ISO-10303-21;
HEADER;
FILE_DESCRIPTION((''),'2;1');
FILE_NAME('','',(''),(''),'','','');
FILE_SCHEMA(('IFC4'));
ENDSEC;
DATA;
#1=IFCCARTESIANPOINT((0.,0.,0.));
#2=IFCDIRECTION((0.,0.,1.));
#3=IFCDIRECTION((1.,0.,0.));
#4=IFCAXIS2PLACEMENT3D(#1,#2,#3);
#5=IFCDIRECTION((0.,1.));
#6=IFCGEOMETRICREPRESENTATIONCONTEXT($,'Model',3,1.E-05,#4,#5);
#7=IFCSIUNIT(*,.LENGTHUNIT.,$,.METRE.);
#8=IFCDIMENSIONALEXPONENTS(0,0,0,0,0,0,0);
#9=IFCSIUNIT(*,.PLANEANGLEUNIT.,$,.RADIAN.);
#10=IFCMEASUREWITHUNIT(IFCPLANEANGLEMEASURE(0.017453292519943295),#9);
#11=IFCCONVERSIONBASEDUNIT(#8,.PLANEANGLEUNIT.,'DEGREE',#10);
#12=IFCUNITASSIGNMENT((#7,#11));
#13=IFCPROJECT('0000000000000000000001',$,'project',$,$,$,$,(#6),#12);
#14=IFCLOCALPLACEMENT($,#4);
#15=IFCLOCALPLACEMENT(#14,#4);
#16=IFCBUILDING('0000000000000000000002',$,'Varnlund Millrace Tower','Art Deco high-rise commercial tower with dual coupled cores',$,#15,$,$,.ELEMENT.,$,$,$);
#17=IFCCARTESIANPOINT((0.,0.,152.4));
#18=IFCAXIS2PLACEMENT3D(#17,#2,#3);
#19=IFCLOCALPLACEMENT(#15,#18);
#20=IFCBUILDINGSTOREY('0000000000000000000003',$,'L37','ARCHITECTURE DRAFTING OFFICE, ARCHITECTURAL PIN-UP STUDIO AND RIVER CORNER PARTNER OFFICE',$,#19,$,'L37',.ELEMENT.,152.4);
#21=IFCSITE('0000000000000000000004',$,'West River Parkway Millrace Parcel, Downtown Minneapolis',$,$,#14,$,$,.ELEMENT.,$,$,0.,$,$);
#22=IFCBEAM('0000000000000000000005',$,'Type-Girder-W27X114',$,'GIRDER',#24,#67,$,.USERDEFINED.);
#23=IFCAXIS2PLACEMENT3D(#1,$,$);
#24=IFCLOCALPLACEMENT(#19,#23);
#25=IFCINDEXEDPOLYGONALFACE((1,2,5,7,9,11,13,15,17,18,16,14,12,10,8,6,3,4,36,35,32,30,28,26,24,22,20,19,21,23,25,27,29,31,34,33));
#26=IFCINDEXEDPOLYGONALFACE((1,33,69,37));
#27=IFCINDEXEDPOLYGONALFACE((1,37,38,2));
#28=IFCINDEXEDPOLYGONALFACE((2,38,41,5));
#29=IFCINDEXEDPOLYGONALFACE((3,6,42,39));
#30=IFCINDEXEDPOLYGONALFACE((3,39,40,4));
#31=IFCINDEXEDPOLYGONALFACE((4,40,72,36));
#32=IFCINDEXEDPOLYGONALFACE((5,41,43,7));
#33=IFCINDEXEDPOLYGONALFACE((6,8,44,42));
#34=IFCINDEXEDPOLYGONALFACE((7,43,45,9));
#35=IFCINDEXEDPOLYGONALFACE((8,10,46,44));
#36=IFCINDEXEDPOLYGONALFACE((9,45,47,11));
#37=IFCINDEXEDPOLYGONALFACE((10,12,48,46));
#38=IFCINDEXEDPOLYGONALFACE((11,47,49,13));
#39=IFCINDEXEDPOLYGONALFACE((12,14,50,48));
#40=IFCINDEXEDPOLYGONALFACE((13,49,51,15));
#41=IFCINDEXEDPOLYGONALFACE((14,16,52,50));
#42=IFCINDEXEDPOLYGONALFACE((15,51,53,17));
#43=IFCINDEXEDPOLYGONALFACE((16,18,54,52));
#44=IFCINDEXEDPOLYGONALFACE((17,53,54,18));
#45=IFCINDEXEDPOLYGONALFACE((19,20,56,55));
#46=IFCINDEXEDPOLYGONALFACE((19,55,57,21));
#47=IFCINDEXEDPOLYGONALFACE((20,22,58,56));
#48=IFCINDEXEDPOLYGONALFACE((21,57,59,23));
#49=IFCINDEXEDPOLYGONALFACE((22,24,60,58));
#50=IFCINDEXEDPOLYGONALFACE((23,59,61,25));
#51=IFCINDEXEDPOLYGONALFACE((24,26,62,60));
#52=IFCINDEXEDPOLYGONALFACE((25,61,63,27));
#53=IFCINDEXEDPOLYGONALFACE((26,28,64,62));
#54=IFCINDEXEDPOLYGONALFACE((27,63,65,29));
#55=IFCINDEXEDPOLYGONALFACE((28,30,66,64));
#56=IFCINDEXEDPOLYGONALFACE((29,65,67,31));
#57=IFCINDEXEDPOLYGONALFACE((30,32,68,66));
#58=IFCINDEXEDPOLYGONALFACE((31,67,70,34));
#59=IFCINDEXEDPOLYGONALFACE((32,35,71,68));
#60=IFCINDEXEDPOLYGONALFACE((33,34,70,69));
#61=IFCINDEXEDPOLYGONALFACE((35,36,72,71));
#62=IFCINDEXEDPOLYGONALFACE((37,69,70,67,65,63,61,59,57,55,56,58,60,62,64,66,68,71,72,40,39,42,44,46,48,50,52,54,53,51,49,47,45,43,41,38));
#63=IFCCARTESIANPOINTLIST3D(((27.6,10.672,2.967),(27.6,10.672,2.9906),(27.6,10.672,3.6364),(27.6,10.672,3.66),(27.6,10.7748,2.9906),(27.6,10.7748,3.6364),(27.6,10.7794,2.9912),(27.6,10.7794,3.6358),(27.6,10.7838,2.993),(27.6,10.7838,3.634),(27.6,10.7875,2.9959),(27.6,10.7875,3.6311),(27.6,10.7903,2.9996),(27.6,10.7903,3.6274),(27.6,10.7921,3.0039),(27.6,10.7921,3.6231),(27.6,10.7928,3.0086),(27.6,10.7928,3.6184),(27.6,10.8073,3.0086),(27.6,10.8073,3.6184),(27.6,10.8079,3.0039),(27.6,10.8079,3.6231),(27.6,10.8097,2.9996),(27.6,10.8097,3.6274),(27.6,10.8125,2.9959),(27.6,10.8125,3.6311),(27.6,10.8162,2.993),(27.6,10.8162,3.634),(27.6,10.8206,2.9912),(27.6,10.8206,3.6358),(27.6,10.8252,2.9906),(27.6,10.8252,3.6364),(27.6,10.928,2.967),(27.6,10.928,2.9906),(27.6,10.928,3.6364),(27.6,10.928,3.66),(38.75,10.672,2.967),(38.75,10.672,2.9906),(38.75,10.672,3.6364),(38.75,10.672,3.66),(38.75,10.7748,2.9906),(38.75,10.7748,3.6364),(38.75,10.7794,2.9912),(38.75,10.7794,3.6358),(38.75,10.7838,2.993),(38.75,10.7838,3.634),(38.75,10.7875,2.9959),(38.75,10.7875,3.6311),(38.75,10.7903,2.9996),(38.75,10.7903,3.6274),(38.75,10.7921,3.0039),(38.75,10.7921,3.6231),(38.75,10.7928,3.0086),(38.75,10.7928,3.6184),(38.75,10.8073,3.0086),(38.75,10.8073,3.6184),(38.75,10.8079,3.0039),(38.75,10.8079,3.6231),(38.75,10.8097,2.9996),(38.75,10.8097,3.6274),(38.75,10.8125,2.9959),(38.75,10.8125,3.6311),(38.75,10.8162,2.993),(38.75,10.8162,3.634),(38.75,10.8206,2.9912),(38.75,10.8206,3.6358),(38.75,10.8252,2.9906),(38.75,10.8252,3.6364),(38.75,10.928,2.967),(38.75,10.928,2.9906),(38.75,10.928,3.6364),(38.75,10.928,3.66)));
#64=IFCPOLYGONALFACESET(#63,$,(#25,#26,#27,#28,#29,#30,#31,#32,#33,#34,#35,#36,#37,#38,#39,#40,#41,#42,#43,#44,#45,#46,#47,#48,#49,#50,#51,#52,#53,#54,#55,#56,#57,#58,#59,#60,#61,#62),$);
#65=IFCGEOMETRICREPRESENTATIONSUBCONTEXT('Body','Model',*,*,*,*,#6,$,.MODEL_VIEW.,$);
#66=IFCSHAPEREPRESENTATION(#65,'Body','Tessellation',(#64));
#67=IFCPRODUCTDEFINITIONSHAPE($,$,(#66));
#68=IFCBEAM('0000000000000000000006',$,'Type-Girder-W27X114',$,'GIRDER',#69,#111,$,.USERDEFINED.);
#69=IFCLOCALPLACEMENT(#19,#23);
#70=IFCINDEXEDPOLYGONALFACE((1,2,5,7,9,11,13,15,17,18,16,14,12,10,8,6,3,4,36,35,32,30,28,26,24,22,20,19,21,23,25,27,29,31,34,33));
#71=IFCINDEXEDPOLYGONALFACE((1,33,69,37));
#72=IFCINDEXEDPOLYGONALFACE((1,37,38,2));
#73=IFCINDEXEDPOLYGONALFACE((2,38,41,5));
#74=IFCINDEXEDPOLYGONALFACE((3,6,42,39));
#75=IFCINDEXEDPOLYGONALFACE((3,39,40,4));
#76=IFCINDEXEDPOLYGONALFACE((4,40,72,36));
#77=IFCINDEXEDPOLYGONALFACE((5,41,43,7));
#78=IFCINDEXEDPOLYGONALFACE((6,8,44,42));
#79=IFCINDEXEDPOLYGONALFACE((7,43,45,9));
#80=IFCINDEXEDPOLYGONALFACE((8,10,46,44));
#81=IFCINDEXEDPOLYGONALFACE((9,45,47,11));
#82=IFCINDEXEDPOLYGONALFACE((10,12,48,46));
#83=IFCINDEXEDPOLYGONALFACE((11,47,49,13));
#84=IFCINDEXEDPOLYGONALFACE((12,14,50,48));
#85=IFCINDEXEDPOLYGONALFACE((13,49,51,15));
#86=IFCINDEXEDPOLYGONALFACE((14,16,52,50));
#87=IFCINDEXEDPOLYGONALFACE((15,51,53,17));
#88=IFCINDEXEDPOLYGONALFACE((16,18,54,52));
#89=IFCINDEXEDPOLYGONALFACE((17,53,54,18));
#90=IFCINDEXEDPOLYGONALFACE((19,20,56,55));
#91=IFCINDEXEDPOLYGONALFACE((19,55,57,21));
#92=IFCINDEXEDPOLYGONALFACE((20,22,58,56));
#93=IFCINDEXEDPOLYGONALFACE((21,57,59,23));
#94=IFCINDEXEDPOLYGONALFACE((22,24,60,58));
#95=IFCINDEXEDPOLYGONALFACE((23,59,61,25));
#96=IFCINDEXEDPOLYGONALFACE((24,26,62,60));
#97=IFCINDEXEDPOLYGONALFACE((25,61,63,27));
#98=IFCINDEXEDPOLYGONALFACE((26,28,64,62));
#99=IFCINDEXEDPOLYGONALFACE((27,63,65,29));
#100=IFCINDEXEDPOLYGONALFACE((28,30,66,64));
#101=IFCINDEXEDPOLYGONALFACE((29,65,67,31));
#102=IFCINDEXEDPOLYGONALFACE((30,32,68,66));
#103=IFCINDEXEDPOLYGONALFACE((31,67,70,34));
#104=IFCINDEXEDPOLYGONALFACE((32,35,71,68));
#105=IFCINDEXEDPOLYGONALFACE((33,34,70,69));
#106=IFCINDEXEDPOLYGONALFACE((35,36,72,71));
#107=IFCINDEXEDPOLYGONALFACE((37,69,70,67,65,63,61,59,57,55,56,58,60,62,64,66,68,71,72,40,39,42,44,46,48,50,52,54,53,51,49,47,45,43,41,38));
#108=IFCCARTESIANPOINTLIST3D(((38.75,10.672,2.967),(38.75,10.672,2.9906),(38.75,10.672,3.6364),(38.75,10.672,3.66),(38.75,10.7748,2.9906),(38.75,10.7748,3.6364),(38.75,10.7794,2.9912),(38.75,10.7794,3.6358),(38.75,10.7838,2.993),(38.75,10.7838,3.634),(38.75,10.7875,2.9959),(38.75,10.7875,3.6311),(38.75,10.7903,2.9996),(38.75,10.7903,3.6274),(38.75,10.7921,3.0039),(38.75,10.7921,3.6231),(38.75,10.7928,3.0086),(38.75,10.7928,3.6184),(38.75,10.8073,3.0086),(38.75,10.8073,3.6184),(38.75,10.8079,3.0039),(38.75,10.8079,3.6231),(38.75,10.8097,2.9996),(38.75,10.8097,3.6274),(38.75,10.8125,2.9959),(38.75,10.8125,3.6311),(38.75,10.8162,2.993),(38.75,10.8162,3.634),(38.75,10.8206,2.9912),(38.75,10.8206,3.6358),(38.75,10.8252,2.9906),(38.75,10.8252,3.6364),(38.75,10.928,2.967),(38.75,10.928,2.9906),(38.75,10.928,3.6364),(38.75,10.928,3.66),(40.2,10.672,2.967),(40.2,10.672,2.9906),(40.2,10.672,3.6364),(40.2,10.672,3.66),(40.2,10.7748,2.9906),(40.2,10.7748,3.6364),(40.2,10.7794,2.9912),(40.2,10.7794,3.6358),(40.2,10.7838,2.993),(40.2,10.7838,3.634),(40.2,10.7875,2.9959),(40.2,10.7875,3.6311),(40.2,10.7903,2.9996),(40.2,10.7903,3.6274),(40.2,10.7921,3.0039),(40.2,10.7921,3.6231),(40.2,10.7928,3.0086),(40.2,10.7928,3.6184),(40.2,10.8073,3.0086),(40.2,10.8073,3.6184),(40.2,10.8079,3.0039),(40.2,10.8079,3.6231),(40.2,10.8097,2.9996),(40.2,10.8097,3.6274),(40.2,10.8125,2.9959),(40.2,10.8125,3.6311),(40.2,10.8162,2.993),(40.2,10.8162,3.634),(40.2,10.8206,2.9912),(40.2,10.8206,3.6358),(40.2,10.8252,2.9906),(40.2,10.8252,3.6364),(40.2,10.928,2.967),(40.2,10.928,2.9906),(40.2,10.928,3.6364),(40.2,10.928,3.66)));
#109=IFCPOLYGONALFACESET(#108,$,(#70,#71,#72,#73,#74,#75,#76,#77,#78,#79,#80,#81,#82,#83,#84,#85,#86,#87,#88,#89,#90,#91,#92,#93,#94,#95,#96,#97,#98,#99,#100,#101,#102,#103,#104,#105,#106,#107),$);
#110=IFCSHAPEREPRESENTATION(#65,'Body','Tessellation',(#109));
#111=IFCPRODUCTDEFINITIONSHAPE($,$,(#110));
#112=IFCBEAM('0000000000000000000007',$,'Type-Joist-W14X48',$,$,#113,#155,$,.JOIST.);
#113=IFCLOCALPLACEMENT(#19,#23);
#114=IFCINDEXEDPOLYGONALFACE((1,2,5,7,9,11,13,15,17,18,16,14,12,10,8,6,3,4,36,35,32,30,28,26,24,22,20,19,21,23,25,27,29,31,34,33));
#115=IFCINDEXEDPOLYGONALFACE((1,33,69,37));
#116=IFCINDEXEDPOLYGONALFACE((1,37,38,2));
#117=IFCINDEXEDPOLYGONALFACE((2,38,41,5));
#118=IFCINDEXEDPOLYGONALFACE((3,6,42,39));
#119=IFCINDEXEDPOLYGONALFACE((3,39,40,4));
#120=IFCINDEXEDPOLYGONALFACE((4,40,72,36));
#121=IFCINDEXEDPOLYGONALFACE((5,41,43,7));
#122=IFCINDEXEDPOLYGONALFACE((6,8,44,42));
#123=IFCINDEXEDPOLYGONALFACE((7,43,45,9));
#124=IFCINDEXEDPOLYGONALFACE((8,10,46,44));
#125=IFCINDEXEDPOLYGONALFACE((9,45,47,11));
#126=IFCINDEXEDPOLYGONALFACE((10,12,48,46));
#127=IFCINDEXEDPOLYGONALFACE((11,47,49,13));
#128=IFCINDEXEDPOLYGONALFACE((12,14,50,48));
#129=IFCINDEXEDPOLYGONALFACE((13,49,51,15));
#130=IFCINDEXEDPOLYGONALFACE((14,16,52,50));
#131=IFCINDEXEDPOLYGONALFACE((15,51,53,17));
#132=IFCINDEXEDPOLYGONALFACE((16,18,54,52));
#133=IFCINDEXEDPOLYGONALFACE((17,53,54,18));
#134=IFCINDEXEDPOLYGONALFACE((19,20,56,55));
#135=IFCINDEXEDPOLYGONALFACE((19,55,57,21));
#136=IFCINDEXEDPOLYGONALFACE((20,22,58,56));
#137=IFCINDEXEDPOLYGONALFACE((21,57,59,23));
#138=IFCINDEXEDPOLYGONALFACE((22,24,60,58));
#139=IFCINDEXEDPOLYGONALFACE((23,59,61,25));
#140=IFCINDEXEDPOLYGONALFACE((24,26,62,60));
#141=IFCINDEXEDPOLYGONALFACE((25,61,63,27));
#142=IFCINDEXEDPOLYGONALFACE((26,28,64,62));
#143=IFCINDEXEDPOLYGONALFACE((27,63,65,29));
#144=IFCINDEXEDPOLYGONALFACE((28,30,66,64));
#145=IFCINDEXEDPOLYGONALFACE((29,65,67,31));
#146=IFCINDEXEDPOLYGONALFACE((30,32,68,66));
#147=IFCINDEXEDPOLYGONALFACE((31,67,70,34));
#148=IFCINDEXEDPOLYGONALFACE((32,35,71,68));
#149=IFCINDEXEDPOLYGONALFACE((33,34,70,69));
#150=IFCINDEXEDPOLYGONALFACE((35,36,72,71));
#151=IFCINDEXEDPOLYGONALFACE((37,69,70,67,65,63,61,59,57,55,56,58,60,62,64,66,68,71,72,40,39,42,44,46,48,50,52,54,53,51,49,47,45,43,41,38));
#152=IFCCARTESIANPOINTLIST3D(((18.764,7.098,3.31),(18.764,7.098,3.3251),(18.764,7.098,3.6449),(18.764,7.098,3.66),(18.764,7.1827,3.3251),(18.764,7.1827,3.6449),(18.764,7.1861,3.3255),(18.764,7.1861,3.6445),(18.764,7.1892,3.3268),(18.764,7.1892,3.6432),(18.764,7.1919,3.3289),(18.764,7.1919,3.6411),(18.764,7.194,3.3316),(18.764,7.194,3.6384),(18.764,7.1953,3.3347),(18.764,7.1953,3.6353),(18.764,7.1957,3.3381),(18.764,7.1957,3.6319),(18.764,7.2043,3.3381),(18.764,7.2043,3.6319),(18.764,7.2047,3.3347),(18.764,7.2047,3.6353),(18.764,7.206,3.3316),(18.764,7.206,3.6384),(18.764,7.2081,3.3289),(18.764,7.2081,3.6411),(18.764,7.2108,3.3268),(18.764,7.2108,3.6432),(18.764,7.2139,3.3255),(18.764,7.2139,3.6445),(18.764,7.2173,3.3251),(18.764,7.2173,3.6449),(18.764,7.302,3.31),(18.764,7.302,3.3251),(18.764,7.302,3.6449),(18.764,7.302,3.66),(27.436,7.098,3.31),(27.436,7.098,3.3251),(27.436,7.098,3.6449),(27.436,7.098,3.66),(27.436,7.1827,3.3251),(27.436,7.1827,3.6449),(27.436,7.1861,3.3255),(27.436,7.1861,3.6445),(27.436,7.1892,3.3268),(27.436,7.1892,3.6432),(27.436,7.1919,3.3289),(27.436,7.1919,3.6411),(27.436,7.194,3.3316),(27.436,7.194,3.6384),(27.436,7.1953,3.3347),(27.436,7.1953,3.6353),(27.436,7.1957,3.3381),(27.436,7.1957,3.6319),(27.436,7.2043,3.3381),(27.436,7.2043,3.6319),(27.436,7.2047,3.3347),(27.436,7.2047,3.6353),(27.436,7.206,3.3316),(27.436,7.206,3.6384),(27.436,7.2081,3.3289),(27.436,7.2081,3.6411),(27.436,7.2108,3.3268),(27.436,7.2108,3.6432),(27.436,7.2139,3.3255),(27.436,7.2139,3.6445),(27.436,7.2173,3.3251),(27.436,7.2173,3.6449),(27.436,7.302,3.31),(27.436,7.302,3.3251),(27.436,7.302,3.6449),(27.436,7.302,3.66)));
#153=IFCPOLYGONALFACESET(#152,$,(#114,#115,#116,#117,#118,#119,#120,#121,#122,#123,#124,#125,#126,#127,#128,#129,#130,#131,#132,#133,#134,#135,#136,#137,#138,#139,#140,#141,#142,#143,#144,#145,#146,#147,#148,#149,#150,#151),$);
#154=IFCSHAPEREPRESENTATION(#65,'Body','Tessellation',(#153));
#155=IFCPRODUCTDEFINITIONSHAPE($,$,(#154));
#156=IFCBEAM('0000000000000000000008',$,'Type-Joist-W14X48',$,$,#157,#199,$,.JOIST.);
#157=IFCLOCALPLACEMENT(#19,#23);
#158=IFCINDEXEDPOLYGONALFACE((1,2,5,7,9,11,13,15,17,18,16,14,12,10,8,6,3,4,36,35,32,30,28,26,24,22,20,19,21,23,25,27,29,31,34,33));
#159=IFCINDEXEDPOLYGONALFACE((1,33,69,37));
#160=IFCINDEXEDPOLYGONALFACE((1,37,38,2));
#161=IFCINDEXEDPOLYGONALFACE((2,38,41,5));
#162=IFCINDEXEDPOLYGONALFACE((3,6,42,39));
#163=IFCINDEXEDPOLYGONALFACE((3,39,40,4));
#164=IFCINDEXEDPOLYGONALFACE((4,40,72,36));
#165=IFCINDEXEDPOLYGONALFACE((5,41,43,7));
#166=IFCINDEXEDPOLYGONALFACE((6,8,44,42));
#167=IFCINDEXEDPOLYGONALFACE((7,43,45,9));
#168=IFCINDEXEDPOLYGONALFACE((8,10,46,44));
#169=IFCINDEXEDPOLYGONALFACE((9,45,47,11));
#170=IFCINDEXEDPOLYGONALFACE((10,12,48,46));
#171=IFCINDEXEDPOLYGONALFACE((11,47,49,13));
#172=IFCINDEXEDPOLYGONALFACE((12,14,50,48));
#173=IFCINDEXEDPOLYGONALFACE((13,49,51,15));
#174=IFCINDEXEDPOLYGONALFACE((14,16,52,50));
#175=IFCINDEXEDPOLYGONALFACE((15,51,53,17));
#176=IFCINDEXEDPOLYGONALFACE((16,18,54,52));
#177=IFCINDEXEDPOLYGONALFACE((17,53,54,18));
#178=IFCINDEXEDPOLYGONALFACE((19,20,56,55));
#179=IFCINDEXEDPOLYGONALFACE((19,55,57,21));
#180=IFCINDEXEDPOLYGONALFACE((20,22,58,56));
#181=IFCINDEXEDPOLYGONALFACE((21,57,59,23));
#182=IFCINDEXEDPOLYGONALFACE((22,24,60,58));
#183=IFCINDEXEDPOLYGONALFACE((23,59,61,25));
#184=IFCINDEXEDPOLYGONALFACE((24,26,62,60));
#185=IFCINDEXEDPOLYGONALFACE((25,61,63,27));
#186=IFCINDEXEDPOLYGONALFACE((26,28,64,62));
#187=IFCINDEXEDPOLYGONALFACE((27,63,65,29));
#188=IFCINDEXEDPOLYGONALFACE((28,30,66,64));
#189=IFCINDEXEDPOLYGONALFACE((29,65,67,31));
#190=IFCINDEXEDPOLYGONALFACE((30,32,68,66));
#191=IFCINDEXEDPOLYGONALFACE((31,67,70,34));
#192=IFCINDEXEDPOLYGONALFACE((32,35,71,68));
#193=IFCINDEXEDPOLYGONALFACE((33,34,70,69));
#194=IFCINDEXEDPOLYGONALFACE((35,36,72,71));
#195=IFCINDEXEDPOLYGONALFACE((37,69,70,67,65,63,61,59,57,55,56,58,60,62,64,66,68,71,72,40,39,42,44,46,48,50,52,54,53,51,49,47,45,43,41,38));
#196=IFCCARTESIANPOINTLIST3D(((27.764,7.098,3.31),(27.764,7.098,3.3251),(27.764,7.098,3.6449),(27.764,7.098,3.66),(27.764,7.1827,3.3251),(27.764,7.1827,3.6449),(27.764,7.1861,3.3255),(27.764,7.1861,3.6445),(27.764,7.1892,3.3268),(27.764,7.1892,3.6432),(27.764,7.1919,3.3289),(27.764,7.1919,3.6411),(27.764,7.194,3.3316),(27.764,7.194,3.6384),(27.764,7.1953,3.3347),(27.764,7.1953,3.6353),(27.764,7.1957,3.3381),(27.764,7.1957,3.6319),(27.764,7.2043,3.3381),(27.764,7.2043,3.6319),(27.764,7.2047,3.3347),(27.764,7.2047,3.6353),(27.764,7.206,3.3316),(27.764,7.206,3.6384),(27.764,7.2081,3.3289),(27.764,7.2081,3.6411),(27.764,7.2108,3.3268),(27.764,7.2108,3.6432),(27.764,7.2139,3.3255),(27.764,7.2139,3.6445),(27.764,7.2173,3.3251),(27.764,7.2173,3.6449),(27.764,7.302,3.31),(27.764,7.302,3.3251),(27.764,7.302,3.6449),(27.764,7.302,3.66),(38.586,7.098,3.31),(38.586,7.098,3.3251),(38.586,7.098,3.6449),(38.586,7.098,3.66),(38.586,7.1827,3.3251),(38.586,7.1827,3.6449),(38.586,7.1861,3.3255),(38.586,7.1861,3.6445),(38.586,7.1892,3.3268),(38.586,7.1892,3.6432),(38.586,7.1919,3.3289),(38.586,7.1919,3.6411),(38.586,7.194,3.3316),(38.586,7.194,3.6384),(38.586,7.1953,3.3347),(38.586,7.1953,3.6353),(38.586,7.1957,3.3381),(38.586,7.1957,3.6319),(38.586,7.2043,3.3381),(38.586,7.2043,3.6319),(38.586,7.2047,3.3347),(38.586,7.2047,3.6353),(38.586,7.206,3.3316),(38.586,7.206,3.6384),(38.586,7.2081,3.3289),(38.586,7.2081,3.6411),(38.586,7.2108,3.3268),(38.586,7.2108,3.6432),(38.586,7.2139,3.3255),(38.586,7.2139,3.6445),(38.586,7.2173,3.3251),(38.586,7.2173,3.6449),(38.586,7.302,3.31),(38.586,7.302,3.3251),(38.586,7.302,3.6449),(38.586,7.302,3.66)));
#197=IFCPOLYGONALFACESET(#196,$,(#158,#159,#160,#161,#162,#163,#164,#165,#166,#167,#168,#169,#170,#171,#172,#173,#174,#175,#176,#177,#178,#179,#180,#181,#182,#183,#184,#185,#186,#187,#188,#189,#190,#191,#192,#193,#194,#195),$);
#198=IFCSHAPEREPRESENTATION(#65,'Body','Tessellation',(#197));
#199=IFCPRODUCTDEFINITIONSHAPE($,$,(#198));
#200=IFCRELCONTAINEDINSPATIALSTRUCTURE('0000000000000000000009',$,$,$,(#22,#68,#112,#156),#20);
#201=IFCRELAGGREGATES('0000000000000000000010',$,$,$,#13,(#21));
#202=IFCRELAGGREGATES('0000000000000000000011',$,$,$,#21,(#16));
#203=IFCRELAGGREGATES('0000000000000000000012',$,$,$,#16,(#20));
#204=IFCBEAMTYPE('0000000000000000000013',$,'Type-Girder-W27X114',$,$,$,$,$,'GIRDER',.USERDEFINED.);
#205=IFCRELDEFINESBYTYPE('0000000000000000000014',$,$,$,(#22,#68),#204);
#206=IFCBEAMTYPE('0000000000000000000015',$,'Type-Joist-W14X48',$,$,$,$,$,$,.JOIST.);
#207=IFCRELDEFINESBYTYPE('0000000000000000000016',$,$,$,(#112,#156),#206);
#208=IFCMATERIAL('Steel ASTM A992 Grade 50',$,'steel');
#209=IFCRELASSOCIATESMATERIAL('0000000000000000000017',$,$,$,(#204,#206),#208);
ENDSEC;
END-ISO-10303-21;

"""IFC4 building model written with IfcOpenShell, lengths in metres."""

from ifc_helpers import new_model, entity, si_unit, converted_unit, direction, frame, origin_with_axes, origin_2d_with_axis, place, context, subcontext, project, spatial, i_section, extrude, material, material_profile, profile_set, type_object, element, save


model = new_model("IFC4")

# Units and contexts
model_context = context("Model", 3, precision=1e-05, world=origin_with_axes(), true_north=direction((0.0, 1.0)))
body_context = subcontext(model_context, "Body", "Model", "MODEL_VIEW")
ifc_project = project(units=[si_unit("LENGTHUNIT", "METRE"), converted_unit("PLANEANGLEUNIT", "DEGREE", entity("IfcPlaneAngleMeasure", 0.017453292519943295), si_unit("PLANEANGLEUNIT", "RADIAN"), dimensions=[0, 0, 0, 0, 0, 0, 0])], contexts=[model_context])

# Site, building, storey
site_placement = place(None, origin_with_axes())
site = spatial("IfcSite", under=ifc_project, at=site_placement, Name="West River Parkway Millrace Parcel, Downtown Minneapolis", CompositionType="ELEMENT", RefElevation=0.0)
building_placement = place(site_placement, origin_with_axes())
building = spatial("IfcBuilding", under=site, at=building_placement, Name="Varnlund Millrace Tower", Description="Art Deco high-rise commercial tower with dual coupled cores", CompositionType="ELEMENT")
storey_placement = place(building_placement, frame((0.0, 0.0, 152.4), z_axis=(0.0, 0.0, 1.0), x_axis=(1.0, 0.0, 0.0)))
storey = spatial("IfcBuildingStorey", under=building, at=storey_placement, Name="L37", Description="ARCHITECTURE DRAFTING OFFICE, ARCHITECTURAL PIN-UP STUDIO AND RIVER CORNER PARTNER OFFICE", LongName="L37", CompositionType="ELEMENT", Elevation=152.4)

# Beams
ifc_material_1 = material(Name="Steel ASTM A992 Grade 50", Category="steel")
ifc_material_profile_1 = material_profile(ifc_material_1, i_section(OverallWidth=0.256, OverallDepth=0.693, WebThickness=0.0145, FlangeThickness=0.0236, FilletRadius=0.018, at=origin_2d_with_axis()), Name="Steel ASTM A992 Grade 50")
ifc_profile_set_1 = profile_set([ifc_material_profile_1], Name="Steel ASTM A992 Grade 50")
beam_type_1 = type_object("IfcBeamType", Name="Type-Girder-W27X114", ElementType="GIRDER", PredefinedType="USERDEFINED", material=ifc_profile_set_1)
beam_1_placement = place(storey_placement, frame((27.6, 10.8, 3.3135), z_axis=(1.0, 0.0, 0.0), x_axis=(0.0, 1.0, 0.0)))
element("IfcBeam", 1, at=beam_1_placement, inside=storey, type_object=beam_type_1, Name="Type-Girder-W27X114", ObjectType="GIRDER", PredefinedType="USERDEFINED", context=body_context, shape_type="SweptSolid", body=[
    extrude(i_section(OverallWidth=0.256, OverallDepth=0.693, WebThickness=0.0145, FlangeThickness=0.0236, FilletRadius=0.018, at=origin_2d_with_axis()), origin_with_axes(), (0.0, 0.0, 1.0), 11.15),
])
beam_2_placement = place(storey_placement, frame((38.75, 10.8, 3.3135), z_axis=(1.0, 0.0, 0.0), x_axis=(0.0, 1.0, 0.0)))
element("IfcBeam", 2, at=beam_2_placement, inside=storey, type_object=beam_type_1, Name="Type-Girder-W27X114", ObjectType="GIRDER", PredefinedType="USERDEFINED", context=body_context, shape_type="SweptSolid", body=[
    extrude(i_section(OverallWidth=0.256, OverallDepth=0.693, WebThickness=0.0145, FlangeThickness=0.0236, FilletRadius=0.018, at=origin_2d_with_axis()), origin_with_axes(), (0.0, 0.0, 1.0), 1.45),
])
ifc_material_profile_2 = material_profile(ifc_material_1, i_section(OverallWidth=0.204, OverallDepth=0.35, WebThickness=0.0086, FlangeThickness=0.0151, FilletRadius=0.013, at=origin_2d_with_axis()), Name="Steel ASTM A992 Grade 50")
ifc_profile_set_2 = profile_set([ifc_material_profile_2], Name="Steel ASTM A992 Grade 50")
beam_type_2 = type_object("IfcBeamType", Name="Type-Joist-W14X48", PredefinedType="JOIST", material=ifc_profile_set_2)
beam_3_placement = place(storey_placement, frame((18.764, 7.2, 3.485), z_axis=(1.0, 0.0, 0.0), x_axis=(0.0, 1.0, 0.0)))
element("IfcBeam", 3, at=beam_3_placement, inside=storey, type_object=beam_type_2, Name="Type-Joist-W14X48", PredefinedType="JOIST", context=body_context, shape_type="SweptSolid", body=[
    extrude(i_section(OverallWidth=0.204, OverallDepth=0.35, WebThickness=0.0086, FlangeThickness=0.0151, FilletRadius=0.013, at=origin_2d_with_axis()), origin_with_axes(), (0.0, 0.0, 1.0), 8.672),
])
beam_4_placement = place(storey_placement, frame((27.764, 7.2, 3.485), z_axis=(1.0, 0.0, 0.0), x_axis=(0.0, 1.0, 0.0)))
element("IfcBeam", 4, at=beam_4_placement, inside=storey, type_object=beam_type_2, Name="Type-Joist-W14X48", PredefinedType="JOIST", context=body_context, shape_type="SweptSolid", body=[
    extrude(i_section(OverallWidth=0.204, OverallDepth=0.35, WebThickness=0.0086, FlangeThickness=0.0151, FilletRadius=0.013, at=origin_2d_with_axis()), origin_with_axes(), (0.0, 0.0, 1.0), 10.822),
])

save(model, "model.ifc")
